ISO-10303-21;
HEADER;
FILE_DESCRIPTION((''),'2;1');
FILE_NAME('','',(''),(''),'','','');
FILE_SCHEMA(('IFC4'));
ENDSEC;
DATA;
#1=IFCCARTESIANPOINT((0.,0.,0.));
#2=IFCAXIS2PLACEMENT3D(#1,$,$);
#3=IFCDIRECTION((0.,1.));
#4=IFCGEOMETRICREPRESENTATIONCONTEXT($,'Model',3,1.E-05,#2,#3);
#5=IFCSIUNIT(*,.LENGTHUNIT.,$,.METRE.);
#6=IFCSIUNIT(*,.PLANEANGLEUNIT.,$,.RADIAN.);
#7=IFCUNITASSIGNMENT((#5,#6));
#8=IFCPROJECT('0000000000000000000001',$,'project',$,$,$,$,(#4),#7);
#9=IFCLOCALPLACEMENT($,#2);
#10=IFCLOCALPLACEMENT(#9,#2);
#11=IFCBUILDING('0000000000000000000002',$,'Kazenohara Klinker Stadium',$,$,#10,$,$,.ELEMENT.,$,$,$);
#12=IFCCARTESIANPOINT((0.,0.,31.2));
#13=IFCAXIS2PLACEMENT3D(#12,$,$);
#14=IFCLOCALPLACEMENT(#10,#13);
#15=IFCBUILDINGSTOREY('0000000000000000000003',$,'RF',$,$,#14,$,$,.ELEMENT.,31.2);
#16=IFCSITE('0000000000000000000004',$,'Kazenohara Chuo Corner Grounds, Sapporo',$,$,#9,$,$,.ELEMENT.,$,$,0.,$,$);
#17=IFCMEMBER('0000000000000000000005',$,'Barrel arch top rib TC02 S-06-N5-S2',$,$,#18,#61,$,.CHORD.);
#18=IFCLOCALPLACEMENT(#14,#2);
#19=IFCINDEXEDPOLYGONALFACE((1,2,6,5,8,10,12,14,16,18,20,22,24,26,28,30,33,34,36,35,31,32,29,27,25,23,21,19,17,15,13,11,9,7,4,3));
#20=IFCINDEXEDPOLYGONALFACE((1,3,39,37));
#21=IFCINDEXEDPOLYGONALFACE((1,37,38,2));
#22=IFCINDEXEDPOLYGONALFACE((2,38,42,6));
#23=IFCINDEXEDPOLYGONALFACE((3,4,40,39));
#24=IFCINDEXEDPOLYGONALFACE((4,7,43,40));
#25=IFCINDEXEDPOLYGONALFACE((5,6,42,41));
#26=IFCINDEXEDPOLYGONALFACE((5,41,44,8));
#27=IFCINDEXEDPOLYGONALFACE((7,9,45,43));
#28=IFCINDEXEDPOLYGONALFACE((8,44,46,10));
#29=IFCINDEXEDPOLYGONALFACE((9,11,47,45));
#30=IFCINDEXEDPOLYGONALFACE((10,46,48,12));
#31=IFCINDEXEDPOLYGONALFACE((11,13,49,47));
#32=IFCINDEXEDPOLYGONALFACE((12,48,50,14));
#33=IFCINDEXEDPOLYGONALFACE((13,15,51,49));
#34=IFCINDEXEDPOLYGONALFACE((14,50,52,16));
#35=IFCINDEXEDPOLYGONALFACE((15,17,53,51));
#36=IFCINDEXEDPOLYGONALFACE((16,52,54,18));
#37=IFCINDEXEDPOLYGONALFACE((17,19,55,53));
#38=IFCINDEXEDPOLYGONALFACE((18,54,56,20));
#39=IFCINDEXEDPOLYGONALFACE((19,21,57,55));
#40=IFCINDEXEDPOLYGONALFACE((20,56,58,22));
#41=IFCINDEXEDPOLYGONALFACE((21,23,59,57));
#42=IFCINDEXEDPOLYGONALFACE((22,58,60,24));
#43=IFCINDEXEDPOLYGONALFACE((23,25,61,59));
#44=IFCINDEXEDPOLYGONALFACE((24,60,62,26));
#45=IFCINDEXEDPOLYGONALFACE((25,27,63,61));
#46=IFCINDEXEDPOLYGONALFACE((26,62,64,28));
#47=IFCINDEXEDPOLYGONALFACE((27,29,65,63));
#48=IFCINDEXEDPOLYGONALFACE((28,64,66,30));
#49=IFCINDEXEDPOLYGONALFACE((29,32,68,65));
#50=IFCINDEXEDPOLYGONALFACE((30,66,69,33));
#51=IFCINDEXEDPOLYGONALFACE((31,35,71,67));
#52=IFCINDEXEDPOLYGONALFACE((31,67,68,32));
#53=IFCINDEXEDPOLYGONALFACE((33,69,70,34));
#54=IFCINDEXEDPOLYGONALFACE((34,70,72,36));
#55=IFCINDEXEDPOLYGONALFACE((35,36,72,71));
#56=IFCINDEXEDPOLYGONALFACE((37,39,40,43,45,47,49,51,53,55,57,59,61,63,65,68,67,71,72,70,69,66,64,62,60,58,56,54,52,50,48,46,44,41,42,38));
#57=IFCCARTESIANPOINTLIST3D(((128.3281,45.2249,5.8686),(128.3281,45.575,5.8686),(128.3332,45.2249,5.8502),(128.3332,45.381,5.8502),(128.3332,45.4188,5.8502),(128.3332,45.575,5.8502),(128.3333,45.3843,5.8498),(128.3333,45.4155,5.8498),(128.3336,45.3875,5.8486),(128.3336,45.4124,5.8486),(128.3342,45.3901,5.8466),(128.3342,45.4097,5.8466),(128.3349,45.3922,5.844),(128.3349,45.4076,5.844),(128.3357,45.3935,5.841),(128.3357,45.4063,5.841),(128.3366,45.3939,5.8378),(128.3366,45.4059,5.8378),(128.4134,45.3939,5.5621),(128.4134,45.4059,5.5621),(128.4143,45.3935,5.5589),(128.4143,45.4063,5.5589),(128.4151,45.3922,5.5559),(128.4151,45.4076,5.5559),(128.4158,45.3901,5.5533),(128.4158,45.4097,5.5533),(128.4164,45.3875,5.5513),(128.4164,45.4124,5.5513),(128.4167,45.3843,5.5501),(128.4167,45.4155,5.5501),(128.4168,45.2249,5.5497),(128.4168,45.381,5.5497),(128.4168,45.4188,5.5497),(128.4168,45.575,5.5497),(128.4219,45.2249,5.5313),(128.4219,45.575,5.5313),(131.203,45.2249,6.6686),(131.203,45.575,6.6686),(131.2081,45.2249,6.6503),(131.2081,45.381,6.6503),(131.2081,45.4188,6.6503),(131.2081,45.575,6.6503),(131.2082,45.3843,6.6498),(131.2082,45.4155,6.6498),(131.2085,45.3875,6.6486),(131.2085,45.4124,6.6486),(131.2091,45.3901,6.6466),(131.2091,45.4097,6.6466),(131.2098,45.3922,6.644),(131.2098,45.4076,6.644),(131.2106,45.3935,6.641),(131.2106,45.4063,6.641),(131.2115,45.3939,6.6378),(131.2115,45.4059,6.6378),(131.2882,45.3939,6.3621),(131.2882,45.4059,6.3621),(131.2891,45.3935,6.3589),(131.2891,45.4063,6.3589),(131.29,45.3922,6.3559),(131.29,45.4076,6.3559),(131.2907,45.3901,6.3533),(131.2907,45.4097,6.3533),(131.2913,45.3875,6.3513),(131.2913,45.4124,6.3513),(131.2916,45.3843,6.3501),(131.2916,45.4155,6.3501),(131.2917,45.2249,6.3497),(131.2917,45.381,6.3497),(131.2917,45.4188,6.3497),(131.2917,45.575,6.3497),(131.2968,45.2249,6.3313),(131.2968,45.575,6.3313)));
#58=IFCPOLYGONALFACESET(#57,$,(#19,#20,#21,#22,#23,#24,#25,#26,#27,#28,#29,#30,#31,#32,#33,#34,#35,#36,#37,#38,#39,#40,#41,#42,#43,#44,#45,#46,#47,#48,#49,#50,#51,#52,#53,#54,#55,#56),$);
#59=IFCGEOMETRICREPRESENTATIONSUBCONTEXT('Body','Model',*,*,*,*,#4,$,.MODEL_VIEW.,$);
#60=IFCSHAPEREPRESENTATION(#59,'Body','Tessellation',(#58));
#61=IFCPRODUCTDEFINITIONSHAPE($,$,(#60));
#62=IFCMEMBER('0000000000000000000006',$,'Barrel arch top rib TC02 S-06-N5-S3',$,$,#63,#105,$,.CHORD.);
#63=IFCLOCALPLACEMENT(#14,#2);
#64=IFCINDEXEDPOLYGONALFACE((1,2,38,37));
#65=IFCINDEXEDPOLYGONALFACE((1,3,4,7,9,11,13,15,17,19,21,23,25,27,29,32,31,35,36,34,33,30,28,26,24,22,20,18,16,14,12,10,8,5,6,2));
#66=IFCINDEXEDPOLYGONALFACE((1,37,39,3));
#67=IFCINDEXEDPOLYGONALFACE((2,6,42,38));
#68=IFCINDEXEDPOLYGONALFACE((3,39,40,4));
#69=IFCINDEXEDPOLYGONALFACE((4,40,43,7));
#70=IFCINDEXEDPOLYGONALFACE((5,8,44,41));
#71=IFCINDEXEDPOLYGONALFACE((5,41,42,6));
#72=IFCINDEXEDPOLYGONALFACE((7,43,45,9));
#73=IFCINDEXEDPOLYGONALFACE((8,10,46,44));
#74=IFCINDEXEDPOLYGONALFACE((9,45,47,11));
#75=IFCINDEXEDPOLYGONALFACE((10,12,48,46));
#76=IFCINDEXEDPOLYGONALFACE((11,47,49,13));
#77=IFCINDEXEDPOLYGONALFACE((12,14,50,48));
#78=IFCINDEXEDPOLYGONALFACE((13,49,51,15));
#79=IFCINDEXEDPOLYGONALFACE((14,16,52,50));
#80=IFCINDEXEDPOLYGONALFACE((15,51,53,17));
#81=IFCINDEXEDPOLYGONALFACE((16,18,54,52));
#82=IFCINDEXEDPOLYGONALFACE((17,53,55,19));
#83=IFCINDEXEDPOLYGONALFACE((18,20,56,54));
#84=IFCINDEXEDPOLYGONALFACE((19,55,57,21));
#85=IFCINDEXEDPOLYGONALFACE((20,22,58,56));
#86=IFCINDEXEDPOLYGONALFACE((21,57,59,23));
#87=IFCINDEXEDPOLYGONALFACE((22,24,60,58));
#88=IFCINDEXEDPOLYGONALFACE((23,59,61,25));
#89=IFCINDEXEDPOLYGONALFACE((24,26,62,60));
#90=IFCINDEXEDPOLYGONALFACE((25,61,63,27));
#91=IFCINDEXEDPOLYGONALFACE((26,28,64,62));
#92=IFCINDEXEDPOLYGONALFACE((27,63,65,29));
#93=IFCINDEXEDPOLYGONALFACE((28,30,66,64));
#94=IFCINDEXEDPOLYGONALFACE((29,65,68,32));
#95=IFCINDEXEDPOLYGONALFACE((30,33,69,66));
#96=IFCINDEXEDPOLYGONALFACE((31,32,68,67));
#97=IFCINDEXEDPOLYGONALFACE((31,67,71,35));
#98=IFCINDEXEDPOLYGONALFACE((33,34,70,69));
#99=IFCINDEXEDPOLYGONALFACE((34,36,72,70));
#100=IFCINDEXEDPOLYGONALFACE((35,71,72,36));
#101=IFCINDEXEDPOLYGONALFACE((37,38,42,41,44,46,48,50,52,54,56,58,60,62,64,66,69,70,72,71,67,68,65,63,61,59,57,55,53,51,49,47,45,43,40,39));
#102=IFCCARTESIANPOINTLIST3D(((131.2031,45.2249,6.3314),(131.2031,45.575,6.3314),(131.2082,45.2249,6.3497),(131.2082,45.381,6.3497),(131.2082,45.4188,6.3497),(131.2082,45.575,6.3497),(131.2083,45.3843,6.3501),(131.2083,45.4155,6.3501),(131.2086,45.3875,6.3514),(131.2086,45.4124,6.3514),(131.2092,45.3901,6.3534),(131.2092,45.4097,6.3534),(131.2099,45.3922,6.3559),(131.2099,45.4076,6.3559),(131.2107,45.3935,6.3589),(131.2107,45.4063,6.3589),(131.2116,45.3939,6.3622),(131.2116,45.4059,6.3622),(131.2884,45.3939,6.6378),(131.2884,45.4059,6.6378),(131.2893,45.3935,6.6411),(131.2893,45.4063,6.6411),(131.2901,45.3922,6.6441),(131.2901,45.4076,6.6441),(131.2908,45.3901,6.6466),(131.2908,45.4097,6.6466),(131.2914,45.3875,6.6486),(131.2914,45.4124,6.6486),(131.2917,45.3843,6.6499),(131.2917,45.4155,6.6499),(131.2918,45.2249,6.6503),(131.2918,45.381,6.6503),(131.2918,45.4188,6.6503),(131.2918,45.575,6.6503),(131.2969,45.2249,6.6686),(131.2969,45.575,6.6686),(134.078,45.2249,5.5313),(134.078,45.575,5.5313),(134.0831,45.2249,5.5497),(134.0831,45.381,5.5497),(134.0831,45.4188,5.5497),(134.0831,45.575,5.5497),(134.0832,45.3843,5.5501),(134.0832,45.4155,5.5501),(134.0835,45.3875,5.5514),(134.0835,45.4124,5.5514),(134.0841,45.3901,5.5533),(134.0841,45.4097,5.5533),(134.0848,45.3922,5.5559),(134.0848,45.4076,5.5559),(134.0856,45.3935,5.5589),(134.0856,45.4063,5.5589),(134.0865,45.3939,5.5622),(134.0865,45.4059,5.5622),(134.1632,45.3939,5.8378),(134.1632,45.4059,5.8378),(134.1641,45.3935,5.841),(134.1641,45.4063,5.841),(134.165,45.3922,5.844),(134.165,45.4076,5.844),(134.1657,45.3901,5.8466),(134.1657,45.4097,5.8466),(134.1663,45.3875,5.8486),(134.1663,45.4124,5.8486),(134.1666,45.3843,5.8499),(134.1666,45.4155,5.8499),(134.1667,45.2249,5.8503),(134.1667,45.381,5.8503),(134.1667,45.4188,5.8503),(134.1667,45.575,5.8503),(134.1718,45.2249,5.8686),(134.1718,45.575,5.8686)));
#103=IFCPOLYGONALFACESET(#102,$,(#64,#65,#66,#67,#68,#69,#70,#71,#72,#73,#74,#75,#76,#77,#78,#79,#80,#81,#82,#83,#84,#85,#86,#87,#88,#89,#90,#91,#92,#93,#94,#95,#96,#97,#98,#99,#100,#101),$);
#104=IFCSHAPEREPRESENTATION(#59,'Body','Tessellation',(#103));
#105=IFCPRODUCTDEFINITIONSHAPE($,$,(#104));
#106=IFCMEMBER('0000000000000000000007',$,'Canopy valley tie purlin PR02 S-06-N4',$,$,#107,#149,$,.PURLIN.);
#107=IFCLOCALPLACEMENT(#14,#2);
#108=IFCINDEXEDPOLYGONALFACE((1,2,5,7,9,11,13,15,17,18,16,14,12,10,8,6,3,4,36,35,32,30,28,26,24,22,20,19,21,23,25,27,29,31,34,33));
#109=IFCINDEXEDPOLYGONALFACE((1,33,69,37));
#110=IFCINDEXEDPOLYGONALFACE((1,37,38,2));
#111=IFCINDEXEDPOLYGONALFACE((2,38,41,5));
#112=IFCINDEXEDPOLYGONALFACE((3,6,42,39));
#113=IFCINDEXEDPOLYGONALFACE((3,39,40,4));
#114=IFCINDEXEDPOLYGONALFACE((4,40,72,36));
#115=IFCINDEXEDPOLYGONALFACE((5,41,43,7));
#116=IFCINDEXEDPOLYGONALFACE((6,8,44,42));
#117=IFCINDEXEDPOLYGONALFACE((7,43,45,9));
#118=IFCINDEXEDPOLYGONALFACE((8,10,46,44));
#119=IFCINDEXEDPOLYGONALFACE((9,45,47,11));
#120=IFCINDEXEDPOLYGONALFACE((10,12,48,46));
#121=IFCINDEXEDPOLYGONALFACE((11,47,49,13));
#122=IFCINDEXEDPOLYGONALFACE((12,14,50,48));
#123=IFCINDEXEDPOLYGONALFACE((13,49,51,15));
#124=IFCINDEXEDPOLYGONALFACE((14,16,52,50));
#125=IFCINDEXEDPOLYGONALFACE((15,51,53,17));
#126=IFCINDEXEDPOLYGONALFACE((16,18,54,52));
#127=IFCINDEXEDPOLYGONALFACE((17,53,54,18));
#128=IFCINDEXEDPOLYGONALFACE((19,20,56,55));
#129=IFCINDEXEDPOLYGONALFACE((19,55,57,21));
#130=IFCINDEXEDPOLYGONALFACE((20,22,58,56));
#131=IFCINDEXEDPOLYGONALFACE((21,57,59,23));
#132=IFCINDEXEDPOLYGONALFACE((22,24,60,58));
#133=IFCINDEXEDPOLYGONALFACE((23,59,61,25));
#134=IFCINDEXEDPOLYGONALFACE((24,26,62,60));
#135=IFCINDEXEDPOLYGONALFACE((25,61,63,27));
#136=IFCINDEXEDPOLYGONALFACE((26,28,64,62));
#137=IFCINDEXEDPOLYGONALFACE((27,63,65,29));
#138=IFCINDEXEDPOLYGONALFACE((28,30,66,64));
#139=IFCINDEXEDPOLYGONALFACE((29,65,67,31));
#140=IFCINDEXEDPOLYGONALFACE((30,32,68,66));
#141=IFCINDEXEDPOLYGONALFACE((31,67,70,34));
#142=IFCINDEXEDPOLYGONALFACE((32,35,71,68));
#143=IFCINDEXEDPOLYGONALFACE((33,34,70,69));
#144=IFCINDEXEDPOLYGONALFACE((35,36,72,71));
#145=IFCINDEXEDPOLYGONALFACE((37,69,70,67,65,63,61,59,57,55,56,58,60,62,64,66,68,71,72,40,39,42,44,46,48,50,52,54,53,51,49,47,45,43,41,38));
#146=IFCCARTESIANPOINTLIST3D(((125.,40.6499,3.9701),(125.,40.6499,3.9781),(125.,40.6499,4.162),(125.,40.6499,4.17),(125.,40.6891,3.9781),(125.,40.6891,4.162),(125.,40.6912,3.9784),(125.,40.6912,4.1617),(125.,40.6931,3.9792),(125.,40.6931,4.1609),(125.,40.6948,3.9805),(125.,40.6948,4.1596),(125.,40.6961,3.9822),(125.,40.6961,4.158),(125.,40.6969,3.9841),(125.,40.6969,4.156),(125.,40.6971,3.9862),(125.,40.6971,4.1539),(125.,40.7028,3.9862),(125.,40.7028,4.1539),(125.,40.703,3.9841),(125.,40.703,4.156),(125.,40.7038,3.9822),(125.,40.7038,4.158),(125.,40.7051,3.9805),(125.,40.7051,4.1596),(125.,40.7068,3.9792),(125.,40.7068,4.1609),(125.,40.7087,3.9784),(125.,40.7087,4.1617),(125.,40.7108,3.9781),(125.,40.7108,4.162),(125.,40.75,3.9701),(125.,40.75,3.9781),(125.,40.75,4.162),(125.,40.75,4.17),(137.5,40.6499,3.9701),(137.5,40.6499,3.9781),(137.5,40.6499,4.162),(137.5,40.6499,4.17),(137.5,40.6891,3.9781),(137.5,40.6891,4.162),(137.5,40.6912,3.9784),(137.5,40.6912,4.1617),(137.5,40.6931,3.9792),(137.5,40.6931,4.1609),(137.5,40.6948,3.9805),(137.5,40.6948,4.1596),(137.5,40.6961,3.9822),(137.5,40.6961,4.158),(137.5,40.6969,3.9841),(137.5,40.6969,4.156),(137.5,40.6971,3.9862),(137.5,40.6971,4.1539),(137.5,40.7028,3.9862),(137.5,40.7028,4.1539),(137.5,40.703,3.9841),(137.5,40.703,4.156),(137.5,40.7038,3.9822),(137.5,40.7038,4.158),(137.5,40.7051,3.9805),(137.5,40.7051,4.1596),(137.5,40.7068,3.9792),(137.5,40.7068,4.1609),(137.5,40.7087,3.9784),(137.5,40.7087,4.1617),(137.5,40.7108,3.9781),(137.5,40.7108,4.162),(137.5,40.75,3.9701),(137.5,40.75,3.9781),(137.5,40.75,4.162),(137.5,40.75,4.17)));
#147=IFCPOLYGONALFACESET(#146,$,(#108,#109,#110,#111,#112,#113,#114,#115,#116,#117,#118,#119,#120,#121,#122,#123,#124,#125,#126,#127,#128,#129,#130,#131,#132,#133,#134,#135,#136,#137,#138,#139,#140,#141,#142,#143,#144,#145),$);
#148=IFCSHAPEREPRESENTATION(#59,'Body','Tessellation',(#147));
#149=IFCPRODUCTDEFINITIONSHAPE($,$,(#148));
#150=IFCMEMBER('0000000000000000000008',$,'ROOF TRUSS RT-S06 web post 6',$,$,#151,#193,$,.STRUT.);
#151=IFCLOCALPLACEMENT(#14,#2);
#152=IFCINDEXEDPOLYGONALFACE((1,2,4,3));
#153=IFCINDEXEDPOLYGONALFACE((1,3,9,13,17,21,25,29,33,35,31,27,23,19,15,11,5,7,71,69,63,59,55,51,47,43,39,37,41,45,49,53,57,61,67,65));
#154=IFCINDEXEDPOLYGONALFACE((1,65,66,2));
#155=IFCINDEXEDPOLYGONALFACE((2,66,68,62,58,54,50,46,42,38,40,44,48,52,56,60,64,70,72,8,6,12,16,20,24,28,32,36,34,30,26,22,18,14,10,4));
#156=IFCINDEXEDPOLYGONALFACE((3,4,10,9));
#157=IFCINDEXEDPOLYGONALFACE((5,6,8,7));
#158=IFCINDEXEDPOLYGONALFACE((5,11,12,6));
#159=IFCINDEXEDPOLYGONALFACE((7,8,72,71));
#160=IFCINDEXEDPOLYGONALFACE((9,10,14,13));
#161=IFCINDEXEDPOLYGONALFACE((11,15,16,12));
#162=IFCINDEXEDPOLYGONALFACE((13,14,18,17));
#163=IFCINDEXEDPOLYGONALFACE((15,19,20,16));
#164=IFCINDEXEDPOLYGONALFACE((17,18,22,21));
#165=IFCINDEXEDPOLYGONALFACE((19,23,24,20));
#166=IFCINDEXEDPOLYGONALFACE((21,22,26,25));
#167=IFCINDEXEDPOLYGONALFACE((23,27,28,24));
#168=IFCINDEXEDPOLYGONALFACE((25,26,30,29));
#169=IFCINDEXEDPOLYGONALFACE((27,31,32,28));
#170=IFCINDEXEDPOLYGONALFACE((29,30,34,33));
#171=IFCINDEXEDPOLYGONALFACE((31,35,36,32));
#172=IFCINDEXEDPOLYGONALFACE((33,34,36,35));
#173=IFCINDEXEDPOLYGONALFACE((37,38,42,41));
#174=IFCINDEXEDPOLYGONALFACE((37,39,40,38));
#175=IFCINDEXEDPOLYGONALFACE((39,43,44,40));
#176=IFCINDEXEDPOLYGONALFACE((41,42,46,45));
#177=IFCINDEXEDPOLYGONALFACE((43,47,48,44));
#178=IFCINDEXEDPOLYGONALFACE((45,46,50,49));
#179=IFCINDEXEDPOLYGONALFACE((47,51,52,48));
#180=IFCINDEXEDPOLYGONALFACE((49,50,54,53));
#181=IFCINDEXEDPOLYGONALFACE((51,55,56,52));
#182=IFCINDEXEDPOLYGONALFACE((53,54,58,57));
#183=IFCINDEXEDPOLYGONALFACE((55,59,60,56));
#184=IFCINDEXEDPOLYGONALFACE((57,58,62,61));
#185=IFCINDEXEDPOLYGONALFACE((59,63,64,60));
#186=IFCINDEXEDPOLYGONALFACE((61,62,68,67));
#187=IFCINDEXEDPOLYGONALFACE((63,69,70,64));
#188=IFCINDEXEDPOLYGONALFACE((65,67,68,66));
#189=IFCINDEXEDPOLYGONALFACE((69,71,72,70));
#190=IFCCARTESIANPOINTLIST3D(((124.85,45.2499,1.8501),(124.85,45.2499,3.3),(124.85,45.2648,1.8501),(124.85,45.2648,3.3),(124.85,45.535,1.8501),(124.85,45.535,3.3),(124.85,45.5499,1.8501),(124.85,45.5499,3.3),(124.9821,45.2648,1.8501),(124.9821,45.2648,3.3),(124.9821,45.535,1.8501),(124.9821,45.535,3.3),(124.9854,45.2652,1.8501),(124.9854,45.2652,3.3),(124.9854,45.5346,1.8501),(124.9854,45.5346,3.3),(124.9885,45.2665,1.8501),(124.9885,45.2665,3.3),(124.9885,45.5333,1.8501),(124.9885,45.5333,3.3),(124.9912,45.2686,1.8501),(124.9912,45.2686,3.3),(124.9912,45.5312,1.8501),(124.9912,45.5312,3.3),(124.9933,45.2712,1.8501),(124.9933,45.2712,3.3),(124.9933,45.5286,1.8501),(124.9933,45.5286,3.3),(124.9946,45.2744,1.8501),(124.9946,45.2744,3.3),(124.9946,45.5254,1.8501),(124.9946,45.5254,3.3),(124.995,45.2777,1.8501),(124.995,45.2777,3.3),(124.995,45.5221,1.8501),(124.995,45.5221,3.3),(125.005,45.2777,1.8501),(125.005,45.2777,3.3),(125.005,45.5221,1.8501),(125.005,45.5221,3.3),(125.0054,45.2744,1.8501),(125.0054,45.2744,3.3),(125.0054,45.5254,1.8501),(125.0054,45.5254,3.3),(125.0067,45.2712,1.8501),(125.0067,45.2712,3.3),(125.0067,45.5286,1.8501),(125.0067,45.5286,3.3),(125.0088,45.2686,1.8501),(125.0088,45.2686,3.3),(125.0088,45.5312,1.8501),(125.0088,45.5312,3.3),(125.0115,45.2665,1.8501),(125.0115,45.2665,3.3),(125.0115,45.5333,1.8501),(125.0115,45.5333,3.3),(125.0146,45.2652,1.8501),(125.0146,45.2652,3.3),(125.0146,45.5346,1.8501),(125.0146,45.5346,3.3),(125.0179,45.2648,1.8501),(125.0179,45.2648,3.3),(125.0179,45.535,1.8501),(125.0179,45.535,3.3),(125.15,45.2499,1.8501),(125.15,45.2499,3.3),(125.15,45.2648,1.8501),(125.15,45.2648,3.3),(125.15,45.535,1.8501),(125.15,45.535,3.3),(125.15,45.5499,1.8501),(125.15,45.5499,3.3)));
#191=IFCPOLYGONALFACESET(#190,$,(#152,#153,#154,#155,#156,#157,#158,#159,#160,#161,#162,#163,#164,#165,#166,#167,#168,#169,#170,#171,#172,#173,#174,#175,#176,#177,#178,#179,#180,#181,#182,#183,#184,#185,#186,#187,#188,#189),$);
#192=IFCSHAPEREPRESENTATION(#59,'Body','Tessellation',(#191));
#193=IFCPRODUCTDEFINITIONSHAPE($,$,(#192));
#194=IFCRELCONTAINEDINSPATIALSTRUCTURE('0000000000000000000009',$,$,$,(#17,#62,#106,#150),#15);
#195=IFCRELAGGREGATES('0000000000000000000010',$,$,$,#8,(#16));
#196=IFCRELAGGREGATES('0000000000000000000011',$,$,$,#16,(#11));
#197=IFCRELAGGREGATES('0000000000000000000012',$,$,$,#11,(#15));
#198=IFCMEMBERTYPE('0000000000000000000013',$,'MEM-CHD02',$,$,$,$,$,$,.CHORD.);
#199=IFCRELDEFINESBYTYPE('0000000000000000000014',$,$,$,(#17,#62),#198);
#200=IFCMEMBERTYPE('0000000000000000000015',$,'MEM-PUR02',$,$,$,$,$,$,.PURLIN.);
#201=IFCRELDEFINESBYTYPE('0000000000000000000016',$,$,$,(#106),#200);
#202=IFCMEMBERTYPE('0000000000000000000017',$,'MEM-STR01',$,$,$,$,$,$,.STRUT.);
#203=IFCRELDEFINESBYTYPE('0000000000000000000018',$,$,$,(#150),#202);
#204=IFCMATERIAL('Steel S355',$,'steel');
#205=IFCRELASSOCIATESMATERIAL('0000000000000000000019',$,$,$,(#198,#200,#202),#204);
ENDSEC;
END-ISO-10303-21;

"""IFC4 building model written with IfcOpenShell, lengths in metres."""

from ifc_helpers import new_model, si_unit, direction, frame, origin, origin_2d, place, context, subcontext, project, spatial, i_section, extrude, material, material_profile, profile_set, type_object, element, save


model = new_model("IFC4")

# Units and contexts
model_context = context("Model", 3, precision=1e-05, world=origin(), true_north=direction((0.0, 1.0)))
body_context = subcontext(model_context, "Body", "Model", "MODEL_VIEW")
ifc_project = project(units=[si_unit("LENGTHUNIT", "METRE"), si_unit("PLANEANGLEUNIT", "RADIAN")], contexts=[model_context])

# Site, building, storey
site_placement = place(None, origin())
site = spatial("IfcSite", under=ifc_project, at=site_placement, Name="Kazenohara Chuo Corner Grounds, Sapporo", CompositionType="ELEMENT", RefElevation=0.0)
building_placement = place(site_placement, origin())
building = spatial("IfcBuilding", under=site, at=building_placement, Name="Kazenohara Klinker Stadium", CompositionType="ELEMENT")
storey_placement = place(building_placement, frame((0.0, 0.0, 31.2)))
storey = spatial("IfcBuildingStorey", under=building, at=storey_placement, Name="RF", CompositionType="ELEMENT", Elevation=31.2)

# Members
ifc_material_1 = material(Name="Steel S355", Category="steel")
ifc_material_profile_1 = material_profile(ifc_material_1, i_section(OverallWidth=0.3501, OverallDepth=0.3501, WebThickness=0.012, FlangeThickness=0.019, FilletRadius=0.0129, at=origin_2d()), Name="H-350x350x12x19")
ifc_profile_set_1 = profile_set([ifc_material_profile_1], Name="Steel S355")
member_type_1 = type_object("IfcMemberType", Name="MEM-CHD02", PredefinedType="CHORD", material=ifc_profile_set_1)
for number, where, z_axis, x_axis, name in (
    (1, (128.375, 45.3999, 5.7), (0.963394, 0.0, 0.268091), (0.0, 1.0, 0.0), "Barrel arch top rib TC02 S-06-N5-S2"),
    (2, (131.25, 45.3999, 6.5), (0.963394, 0.0, -0.268091), (0.0, 1.0, 0.0), "Barrel arch top rib TC02 S-06-N5-S3"),
):
    element("IfcMember", number, at=place(storey_placement, frame(where, z_axis=z_axis, x_axis=x_axis)), inside=storey, type_object=member_type_1, Name=name, PredefinedType="CHORD", context=body_context, shape_type="SweptSolid", body=[
        extrude(i_section(OverallWidth=0.3501, OverallDepth=0.3501, WebThickness=0.012, FlangeThickness=0.019, FilletRadius=0.0129, at=origin_2d()), origin(), (0.0, 0.0, 1.0), 2.9841),
    ])
ifc_material_profile_2 = material_profile(ifc_material_1, i_section(OverallWidth=0.1001, OverallDepth=0.2, WebThickness=0.0056, FlangeThickness=0.0081, FilletRadius=0.0081, at=origin_2d()), Name="H-200x100x5.5x8")
ifc_profile_set_2 = profile_set([ifc_material_profile_2], Name="Steel S355")
member_type_2 = type_object("IfcMemberType", Name="MEM-PUR02", PredefinedType="PURLIN", material=ifc_profile_set_2)
member_1_placement = place(storey_placement, frame((125.0, 40.7, 4.0701), z_axis=(1.0, 0.0, 0.0), x_axis=(0.0, 1.0, 0.0)))
element("IfcMember", 3, at=member_1_placement, inside=storey, type_object=member_type_2, Name="Canopy valley tie purlin PR02 S-06-N4", PredefinedType="PURLIN", context=body_context, shape_type="SweptSolid", body=[
    extrude(i_section(OverallWidth=0.1001, OverallDepth=0.2, WebThickness=0.0056, FlangeThickness=0.0081, FilletRadius=0.0081, at=origin_2d()), origin(), (0.0, 0.0, 1.0), 12.5),
])
ifc_material_profile_3 = material_profile(ifc_material_1, i_section(OverallWidth=0.3, OverallDepth=0.3, WebThickness=0.01, FlangeThickness=0.0149, FilletRadius=0.0129, at=origin_2d()), Name="H-300x300x10x15")
ifc_profile_set_3 = profile_set([ifc_material_profile_3], Name="Steel S355")
member_type_3 = type_object("IfcMemberType", Name="MEM-STR01", PredefinedType="STRUT", material=ifc_profile_set_3)
member_2_placement = place(storey_placement, frame((125.0, 45.3999, 1.8501), z_axis=(0.0, 0.0, 1.0), x_axis=(1.0, 0.0, 0.0)))
element("IfcMember", 4, at=member_2_placement, inside=storey, type_object=member_type_3, Name="ROOF TRUSS RT-S06 web post 6", PredefinedType="STRUT", context=body_context, shape_type="SweptSolid", body=[
    extrude(i_section(OverallWidth=0.3, OverallDepth=0.3, WebThickness=0.01, FlangeThickness=0.0149, FilletRadius=0.0129, at=origin_2d()), origin(), (0.0, 0.0, 1.0), 1.45),
])

save(model, "model.ifc")
